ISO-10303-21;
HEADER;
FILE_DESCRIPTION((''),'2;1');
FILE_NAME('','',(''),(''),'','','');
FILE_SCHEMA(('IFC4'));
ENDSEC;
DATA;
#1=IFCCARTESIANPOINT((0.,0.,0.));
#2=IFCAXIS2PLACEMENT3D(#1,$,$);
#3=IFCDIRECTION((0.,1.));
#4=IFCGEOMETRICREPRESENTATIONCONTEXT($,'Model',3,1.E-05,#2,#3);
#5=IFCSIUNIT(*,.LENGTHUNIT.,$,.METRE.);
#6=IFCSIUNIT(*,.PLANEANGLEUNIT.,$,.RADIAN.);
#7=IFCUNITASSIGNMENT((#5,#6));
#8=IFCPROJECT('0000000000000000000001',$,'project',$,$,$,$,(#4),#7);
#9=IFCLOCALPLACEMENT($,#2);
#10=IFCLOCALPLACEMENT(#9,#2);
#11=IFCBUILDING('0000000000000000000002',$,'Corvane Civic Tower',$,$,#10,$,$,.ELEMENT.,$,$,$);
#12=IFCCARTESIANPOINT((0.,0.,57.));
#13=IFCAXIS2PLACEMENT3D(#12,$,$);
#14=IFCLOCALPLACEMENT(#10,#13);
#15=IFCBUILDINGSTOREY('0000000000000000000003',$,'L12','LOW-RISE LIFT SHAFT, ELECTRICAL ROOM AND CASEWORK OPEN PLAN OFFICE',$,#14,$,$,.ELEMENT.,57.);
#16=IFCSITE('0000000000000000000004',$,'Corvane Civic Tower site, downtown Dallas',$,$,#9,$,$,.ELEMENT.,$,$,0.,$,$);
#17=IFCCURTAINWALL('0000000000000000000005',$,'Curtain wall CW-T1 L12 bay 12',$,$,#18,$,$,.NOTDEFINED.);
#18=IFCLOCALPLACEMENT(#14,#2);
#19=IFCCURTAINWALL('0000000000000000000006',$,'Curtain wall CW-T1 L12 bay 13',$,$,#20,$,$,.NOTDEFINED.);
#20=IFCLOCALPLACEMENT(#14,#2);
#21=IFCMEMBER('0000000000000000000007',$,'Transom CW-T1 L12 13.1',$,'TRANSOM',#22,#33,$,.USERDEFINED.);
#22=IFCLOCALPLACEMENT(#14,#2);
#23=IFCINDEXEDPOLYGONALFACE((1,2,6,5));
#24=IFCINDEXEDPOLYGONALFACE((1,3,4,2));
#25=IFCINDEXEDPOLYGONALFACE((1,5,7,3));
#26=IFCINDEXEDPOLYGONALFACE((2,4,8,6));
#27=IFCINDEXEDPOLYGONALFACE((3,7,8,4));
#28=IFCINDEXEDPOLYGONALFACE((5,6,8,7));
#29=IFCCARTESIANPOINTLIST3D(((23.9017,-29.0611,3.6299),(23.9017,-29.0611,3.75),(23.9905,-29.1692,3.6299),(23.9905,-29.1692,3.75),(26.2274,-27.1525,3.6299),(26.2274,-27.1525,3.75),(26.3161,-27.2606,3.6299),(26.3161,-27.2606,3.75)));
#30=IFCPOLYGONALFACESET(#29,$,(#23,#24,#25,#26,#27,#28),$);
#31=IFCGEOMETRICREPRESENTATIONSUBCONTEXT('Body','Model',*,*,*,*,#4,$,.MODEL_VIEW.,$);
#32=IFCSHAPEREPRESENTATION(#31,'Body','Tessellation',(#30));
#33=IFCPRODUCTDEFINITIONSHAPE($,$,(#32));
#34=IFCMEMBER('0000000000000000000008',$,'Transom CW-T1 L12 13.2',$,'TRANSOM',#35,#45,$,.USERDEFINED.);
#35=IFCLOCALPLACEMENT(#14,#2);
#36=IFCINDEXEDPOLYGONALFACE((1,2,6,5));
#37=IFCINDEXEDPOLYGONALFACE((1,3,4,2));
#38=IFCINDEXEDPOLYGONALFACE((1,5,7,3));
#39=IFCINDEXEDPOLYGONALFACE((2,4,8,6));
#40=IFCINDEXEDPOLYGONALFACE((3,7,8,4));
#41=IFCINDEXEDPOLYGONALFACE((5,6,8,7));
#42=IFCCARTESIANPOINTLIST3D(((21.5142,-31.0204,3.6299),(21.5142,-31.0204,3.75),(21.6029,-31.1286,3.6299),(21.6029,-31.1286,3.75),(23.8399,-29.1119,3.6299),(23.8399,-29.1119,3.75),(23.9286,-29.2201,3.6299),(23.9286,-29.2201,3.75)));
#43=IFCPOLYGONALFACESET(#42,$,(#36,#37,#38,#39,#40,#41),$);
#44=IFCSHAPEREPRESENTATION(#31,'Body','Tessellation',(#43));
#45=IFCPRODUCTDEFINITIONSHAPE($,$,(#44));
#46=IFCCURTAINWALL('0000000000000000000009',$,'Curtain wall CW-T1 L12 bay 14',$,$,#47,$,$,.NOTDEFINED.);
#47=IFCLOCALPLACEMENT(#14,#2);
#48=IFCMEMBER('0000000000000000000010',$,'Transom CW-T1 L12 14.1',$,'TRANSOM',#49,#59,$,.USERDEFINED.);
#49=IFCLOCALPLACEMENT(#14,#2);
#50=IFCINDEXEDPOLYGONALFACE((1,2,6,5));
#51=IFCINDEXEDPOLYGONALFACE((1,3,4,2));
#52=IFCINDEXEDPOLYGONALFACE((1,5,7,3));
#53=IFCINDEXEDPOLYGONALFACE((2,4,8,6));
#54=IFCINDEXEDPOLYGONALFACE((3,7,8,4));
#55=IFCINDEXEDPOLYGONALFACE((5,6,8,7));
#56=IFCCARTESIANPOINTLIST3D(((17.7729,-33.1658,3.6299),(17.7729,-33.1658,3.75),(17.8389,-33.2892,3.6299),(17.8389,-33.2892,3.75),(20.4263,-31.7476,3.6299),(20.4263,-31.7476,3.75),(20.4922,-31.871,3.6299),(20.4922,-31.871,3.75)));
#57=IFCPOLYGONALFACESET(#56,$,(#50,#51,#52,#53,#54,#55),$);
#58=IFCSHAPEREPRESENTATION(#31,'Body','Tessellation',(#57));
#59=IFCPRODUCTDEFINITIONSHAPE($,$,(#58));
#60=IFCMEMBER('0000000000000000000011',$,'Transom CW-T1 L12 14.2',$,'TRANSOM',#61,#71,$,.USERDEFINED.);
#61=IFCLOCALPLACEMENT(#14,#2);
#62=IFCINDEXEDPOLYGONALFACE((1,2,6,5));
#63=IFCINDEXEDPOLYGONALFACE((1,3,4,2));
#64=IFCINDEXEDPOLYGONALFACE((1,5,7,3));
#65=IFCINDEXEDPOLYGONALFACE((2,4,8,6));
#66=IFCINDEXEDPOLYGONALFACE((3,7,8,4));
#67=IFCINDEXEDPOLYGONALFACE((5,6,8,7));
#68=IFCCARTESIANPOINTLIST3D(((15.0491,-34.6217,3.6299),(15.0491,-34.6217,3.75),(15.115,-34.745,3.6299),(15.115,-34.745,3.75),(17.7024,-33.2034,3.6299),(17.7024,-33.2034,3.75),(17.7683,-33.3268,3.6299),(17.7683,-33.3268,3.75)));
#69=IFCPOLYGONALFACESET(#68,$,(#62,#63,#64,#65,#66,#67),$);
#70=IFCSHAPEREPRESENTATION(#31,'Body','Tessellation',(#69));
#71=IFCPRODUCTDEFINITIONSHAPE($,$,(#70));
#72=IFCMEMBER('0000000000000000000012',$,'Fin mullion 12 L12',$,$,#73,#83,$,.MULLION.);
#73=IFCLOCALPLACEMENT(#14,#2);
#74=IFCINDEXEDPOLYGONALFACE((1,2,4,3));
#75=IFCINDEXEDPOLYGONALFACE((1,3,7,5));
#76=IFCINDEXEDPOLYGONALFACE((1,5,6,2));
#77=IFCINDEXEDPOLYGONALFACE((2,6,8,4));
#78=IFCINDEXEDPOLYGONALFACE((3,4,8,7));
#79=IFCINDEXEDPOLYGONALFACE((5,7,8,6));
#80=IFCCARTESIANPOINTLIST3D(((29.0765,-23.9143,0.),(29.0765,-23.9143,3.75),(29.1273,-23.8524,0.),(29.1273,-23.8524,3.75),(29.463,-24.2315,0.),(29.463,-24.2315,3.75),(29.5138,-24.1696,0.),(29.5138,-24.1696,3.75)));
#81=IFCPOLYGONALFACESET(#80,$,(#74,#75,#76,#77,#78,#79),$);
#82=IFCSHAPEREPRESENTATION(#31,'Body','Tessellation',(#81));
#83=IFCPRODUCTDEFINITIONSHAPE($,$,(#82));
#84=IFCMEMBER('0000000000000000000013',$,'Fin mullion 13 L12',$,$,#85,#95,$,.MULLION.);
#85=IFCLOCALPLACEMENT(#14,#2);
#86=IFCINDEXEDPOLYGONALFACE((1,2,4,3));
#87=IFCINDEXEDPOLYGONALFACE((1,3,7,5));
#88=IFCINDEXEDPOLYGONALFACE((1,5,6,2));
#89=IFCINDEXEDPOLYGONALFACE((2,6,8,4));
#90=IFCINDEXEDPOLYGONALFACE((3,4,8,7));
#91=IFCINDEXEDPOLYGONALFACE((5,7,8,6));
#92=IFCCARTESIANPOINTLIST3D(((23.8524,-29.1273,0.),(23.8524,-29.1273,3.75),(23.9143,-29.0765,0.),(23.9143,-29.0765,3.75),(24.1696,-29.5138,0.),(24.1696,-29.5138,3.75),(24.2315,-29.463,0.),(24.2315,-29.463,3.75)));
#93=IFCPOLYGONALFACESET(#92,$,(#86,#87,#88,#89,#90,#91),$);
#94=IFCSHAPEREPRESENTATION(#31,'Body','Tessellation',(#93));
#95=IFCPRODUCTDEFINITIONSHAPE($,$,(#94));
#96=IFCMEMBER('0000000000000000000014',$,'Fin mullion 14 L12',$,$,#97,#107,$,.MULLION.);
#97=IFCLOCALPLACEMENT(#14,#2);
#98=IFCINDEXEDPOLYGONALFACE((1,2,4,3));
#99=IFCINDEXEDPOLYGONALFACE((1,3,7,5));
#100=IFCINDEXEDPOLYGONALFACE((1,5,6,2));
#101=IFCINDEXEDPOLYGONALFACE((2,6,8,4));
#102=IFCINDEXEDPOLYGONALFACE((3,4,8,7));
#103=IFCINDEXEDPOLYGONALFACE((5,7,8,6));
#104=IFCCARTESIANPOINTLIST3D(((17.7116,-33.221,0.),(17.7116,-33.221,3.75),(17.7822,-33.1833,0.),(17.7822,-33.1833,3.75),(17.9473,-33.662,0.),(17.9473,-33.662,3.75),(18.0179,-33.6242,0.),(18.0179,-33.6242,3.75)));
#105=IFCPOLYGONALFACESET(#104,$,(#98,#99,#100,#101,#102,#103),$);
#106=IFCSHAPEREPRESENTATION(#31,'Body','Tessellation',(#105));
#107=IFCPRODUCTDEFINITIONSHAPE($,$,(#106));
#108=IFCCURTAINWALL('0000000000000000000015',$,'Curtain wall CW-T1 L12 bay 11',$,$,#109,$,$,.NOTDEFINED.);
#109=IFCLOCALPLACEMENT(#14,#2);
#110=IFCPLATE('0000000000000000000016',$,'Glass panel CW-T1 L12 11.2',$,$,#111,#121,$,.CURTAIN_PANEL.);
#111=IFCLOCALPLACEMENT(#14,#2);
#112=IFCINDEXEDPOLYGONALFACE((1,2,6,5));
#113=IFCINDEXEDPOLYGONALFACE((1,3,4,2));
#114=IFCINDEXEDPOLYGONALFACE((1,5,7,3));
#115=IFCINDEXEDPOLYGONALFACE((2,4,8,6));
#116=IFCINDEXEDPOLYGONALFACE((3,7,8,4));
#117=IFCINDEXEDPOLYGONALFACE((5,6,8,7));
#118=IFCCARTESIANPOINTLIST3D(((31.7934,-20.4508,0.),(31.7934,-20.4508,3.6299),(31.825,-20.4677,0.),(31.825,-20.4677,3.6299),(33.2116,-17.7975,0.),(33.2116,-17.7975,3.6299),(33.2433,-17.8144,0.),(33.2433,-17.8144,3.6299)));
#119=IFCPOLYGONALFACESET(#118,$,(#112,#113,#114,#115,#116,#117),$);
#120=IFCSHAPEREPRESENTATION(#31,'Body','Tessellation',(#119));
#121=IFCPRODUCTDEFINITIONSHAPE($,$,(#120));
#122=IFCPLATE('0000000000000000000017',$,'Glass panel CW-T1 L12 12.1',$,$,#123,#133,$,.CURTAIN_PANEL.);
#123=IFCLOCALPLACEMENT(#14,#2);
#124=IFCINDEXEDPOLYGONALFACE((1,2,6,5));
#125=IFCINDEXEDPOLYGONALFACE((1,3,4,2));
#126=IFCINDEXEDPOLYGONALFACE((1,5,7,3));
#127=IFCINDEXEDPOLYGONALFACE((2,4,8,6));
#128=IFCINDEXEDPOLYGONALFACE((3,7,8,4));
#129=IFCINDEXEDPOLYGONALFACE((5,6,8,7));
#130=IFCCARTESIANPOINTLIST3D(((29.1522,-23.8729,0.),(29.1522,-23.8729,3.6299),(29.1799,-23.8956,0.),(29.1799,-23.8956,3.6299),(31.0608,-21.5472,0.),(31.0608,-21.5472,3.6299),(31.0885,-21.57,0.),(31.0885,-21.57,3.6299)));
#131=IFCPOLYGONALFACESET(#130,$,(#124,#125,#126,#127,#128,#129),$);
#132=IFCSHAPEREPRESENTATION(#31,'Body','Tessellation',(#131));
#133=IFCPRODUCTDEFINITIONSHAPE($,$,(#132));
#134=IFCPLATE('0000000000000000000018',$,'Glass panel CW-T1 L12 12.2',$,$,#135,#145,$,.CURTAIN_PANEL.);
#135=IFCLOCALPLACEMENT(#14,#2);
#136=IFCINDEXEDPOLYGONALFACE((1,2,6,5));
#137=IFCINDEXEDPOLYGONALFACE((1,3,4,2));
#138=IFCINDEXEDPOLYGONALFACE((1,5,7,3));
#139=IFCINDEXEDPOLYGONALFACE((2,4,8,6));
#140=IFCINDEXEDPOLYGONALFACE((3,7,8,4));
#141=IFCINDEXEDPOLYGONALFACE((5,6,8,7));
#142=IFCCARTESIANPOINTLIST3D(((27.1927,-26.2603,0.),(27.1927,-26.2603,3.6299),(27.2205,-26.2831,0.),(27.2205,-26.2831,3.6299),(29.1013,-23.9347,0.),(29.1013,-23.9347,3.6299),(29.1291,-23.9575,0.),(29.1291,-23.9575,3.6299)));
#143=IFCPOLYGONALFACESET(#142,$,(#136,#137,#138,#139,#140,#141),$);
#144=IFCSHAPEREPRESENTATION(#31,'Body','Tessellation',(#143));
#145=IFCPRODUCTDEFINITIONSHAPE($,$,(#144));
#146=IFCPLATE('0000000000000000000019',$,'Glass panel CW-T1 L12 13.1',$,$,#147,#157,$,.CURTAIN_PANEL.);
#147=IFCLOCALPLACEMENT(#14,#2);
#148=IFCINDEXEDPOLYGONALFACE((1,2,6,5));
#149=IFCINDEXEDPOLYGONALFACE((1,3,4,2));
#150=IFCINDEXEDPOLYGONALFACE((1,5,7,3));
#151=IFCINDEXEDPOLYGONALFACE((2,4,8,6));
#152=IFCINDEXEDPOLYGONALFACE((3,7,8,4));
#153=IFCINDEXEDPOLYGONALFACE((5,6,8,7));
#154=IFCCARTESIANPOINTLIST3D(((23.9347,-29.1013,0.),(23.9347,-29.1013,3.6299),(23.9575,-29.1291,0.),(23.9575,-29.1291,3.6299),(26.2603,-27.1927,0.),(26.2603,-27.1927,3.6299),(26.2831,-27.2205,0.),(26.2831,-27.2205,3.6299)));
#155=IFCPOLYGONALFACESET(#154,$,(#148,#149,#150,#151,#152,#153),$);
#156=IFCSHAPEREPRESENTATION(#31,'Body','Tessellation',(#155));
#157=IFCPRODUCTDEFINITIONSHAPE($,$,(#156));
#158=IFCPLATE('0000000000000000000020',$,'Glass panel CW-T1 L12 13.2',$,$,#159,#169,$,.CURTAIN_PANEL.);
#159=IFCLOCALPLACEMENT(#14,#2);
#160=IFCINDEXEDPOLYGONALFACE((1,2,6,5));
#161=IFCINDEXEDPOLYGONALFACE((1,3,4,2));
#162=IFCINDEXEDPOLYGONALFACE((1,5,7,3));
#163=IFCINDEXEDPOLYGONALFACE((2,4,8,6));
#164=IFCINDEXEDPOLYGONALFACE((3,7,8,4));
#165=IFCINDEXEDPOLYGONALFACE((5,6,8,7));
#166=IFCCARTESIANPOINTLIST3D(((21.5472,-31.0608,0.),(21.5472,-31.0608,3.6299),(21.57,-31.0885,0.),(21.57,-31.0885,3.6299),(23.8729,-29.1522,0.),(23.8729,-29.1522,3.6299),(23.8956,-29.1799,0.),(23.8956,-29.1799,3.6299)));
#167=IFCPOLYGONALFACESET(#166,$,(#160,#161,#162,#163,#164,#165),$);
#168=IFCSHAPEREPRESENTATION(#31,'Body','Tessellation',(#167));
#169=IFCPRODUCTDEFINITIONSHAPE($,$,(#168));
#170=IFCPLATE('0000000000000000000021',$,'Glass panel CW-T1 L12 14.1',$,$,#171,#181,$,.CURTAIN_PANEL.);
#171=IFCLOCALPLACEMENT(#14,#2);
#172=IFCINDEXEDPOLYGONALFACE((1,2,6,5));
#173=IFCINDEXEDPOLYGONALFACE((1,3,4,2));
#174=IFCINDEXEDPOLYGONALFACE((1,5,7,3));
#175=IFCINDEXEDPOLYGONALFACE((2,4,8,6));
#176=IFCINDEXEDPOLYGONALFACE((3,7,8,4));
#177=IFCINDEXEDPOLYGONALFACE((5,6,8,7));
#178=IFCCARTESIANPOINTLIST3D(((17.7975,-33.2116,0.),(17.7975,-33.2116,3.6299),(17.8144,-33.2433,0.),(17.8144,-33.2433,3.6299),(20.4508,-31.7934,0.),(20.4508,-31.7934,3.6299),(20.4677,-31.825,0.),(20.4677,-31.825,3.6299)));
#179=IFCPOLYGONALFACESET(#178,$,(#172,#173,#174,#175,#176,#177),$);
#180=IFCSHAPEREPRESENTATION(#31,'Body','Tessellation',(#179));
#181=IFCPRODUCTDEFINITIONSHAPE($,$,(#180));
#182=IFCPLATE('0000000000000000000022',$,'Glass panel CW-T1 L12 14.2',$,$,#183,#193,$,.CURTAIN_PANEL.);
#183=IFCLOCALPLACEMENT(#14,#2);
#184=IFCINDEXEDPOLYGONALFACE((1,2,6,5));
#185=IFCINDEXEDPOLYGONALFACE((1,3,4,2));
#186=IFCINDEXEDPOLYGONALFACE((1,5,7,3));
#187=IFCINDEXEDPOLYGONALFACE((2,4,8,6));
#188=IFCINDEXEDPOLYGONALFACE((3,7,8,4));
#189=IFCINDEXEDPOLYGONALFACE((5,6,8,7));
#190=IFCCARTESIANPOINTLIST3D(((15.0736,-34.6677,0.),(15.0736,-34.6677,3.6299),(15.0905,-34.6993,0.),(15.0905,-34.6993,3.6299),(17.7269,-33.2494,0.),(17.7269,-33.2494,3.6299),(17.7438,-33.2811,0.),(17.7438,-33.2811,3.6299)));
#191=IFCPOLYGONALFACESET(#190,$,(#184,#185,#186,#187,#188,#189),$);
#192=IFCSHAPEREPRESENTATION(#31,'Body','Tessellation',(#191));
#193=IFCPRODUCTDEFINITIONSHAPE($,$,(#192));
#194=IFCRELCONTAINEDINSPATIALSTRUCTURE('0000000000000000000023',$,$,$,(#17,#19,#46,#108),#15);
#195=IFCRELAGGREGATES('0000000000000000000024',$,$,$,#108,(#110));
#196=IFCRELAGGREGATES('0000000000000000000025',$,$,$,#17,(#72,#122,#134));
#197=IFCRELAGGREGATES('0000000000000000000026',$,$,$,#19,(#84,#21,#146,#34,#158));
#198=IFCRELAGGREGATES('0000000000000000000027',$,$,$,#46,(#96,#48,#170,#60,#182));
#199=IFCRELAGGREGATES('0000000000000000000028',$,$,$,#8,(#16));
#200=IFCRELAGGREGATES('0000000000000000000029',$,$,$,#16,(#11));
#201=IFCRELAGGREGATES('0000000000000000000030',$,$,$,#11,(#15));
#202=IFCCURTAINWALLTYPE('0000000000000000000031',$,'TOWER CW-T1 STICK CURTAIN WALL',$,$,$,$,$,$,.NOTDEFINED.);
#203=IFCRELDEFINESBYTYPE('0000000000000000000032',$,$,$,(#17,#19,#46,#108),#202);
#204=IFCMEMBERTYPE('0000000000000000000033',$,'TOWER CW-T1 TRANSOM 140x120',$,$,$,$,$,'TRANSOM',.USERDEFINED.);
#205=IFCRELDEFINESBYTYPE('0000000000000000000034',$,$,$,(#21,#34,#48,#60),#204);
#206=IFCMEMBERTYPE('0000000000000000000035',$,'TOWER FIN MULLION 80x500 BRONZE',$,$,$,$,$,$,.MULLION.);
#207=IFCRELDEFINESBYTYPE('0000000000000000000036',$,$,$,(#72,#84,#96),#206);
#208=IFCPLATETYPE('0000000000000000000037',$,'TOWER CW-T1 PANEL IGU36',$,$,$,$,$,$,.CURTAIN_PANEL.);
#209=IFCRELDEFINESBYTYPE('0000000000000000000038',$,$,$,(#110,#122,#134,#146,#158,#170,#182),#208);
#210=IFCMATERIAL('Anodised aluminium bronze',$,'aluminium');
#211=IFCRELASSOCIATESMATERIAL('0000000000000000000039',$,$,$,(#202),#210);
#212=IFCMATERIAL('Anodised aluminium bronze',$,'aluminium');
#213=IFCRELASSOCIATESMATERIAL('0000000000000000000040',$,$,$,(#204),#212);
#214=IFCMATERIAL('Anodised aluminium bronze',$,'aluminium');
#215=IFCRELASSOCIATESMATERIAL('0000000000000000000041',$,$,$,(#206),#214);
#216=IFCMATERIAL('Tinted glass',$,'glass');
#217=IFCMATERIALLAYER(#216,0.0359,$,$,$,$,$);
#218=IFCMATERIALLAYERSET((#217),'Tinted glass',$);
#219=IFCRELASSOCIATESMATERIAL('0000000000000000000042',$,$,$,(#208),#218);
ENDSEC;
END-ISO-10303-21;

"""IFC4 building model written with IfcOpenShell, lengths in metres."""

from ifc_helpers import new_model, si_unit, direction, frame, origin, origin_2d, place, context, subcontext, project, spatial, rectangle, extrude, material, layer, layer_set, material_profile, profile_set, type_object, element, aggregate, save


model = new_model("IFC4")

# Units and contexts
model_context = context("Model", 3, precision=1e-05, world=origin(), true_north=direction((0.0, 1.0)))
body_context = subcontext(model_context, "Body", "Model", "MODEL_VIEW")
ifc_project = project(units=[si_unit("LENGTHUNIT", "METRE"), si_unit("PLANEANGLEUNIT", "RADIAN")], contexts=[model_context])

# Site, building, storey
site_placement = place(None, origin())
site = spatial("IfcSite", under=ifc_project, at=site_placement, Name="Corvane Civic Tower site, downtown Dallas", CompositionType="ELEMENT", RefElevation=0.0)
building_placement = place(site_placement, origin())
building = spatial("IfcBuilding", under=site, at=building_placement, Name="Corvane Civic Tower", CompositionType="ELEMENT")
storey_placement = place(building_placement, frame((0.0, 0.0, 57.0)))
storey = spatial("IfcBuildingStorey", under=building, at=storey_placement, Name="L12", Description="LOW-RISE LIFT SHAFT, ELECTRICAL ROOM AND CASEWORK OPEN PLAN OFFICE", CompositionType="ELEMENT", Elevation=57.0)

# Curtain walls, members
ifc_material_1 = material(Name="Anodised aluminium bronze", Category="aluminium")
curtain_wall_type = type_object("IfcCurtainWallType", Name="TOWER CW-T1 STICK CURTAIN WALL", PredefinedType="NOTDEFINED", material=ifc_material_1)
curtain_wall_1_placement = place(storey_placement, origin())
curtain_wall_1 = element("IfcCurtainWall", 1, at=curtain_wall_1_placement, inside=storey, type_object=curtain_wall_type, Name="Curtain wall CW-T1 L12 bay 12", PredefinedType="NOTDEFINED")
ifc_material_2 = material(Name="Anodised aluminium bronze", Category="aluminium")
ifc_material_profile_1 = material_profile(ifc_material_2, rectangle(XDim=0.1399, YDim=0.1201, at=origin_2d()), Name="TOWER CW-T1 TRANSOM 140x120")
ifc_profile_set_1 = profile_set([ifc_material_profile_1], Name="Anodised aluminium bronze")
member_type_1 = type_object("IfcMemberType", Name="TOWER CW-T1 TRANSOM 140x120", ElementType="TRANSOM", PredefinedType="USERDEFINED", material=ifc_profile_set_1)
curtain_wall_2_placement = place(storey_placement, origin())
curtain_wall_2 = element("IfcCurtainWall", 2, at=curtain_wall_2_placement, inside=storey, type_object=curtain_wall_type, Name="Curtain wall CW-T1 L12 bay 13", PredefinedType="NOTDEFINED")
member_1_placement = place(storey_placement, frame((26.2717, -27.2065, 3.6899), z_axis=(-0.773002, -0.634404, 0.0), x_axis=(0.634404, -0.773002, 0.0)))
member_1 = element("IfcMember", 3, at=member_1_placement, type_object=member_type_1, Name="Transom CW-T1 L12 13.1", ObjectType="TRANSOM", PredefinedType="USERDEFINED", context=body_context, shape_type="SweptSolid", body=[
    extrude(rectangle(XDim=0.1399, YDim=0.1201, at=origin_2d()), origin(), (0.0, 0.0, 1.0), 3.0085),
])
member_2_placement = place(storey_placement, frame((23.8843, -29.166, 3.6899), z_axis=(-0.773042, -0.634355, 0.0), x_axis=(0.634355, -0.773042, 0.0)))
member_2 = element("IfcMember", 4, at=member_2_placement, type_object=member_type_1, Name="Transom CW-T1 L12 13.2", ObjectType="TRANSOM", PredefinedType="USERDEFINED", context=body_context, shape_type="SweptSolid", body=[
    extrude(rectangle(XDim=0.1399, YDim=0.1201, at=origin_2d()), origin(), (0.0, 0.0, 1.0), 3.0085),
])
curtain_wall_3_placement = place(storey_placement, origin())
curtain_wall_3 = element("IfcCurtainWall", 5, at=curtain_wall_3_placement, inside=storey, type_object=curtain_wall_type, Name="Curtain wall CW-T1 L12 bay 14", PredefinedType="NOTDEFINED")
member_3_placement = place(storey_placement, frame((20.4592, -31.8093, 3.6899), z_axis=(-0.881924, -0.471393, 0.0), x_axis=(0.471393, -0.881924, 0.0)))
member_3 = element("IfcMember", 6, at=member_3_placement, type_object=member_type_1, Name="Transom CW-T1 L12 14.1", ObjectType="TRANSOM", PredefinedType="USERDEFINED", context=body_context, shape_type="SweptSolid", body=[
    extrude(rectangle(XDim=0.1399, YDim=0.1201, at=origin_2d()), origin(), (0.0, 0.0, 1.0), 3.0085),
])
member_4_placement = place(storey_placement, frame((17.7354, -33.2651, 3.6899), z_axis=(-0.881924, -0.471393, 0.0), x_axis=(0.471393, -0.881924, 0.0)))
member_4 = element("IfcMember", 7, at=member_4_placement, type_object=member_type_1, Name="Transom CW-T1 L12 14.2", ObjectType="TRANSOM", PredefinedType="USERDEFINED", context=body_context, shape_type="SweptSolid", body=[
    extrude(rectangle(XDim=0.1399, YDim=0.1201, at=origin_2d()), origin(), (0.0, 0.0, 1.0), 3.0085),
])

# Members
ifc_material_3 = material(Name="Anodised aluminium bronze", Category="aluminium")
ifc_material_profile_2 = material_profile(ifc_material_3, rectangle(XDim=0.0801, YDim=0.5, at=origin_2d()), Name="TOWER FIN MULLION 80x500 BRONZE")
ifc_profile_set_2 = profile_set([ifc_material_profile_2], Name="Anodised aluminium bronze")
member_type_2 = type_object("IfcMemberType", Name="TOWER FIN MULLION 80x500 BRONZE", PredefinedType="MULLION", material=ifc_profile_set_2)
member_5_placement = place(storey_placement, frame((29.2952, -24.042, 0.0), z_axis=(0.0, 0.0, 1.0), x_axis=(-0.634397, -0.773007, 0.0)))
member_5 = element("IfcMember", 8, at=member_5_placement, type_object=member_type_2, Name="Fin mullion 12 L12", PredefinedType="MULLION", context=body_context, shape_type="SweptSolid", body=[
    extrude(rectangle(XDim=0.0801, YDim=0.5, at=origin_2d()), origin(), (0.0, 0.0, 1.0), 3.75),
])
member_6_placement = place(storey_placement, frame((24.042, -29.2952, 0.0), z_axis=(0.0, 0.0, 1.0), x_axis=(-0.773007, -0.634397, 0.0)))
member_6 = element("IfcMember", 9, at=member_6_placement, type_object=member_type_2, Name="Fin mullion 13 L12", PredefinedType="MULLION", context=body_context, shape_type="SweptSolid", body=[
    extrude(rectangle(XDim=0.0801, YDim=0.5, at=origin_2d()), origin(), (0.0, 0.0, 1.0), 3.75),
])
member_7_placement = place(storey_placement, frame((17.8647, -33.4226, 0.0), z_axis=(0.0, 0.0, 1.0), x_axis=(-0.881918, -0.471404, 0.0)))
member_7 = element("IfcMember", 10, at=member_7_placement, type_object=member_type_2, Name="Fin mullion 14 L12", PredefinedType="MULLION", context=body_context, shape_type="SweptSolid", body=[
    extrude(rectangle(XDim=0.0801, YDim=0.5, at=origin_2d()), origin(), (0.0, 0.0, 1.0), 3.75),
])

# Curtain wall, plate
curtain_wall_4_placement = place(storey_placement, origin())
curtain_wall_4 = element("IfcCurtainWall", 11, at=curtain_wall_4_placement, inside=storey, type_object=curtain_wall_type, Name="Curtain wall CW-T1 L12 bay 11", PredefinedType="NOTDEFINED")
ifc_material_4 = material(Name="Tinted glass", Category="glass")
ifc_layer_1 = layer(ifc_material_4, 0.0359)
ifc_layer_set_1 = layer_set([ifc_layer_1], Name="Tinted glass")
plate_type = type_object("IfcPlateType", Name="TOWER CW-T1 PANEL IGU36", PredefinedType="CURTAIN_PANEL", material=ifc_layer_set_1)
plate_1_placement = place(storey_placement, frame((32.5183, -19.1326, 0.0), z_axis=(0.0, 0.0, 1.0), x_axis=(-0.471404, -0.881918, 0.0)))
plate_1 = element("IfcPlate", 12, at=plate_1_placement, type_object=plate_type, Name="Glass panel CW-T1 L12 11.2", PredefinedType="CURTAIN_PANEL", context=body_context, shape_type="SweptSolid", body=[
    extrude(rectangle(XDim=3.0085, YDim=0.0359, at=origin_2d()), origin(), (0.0, 0.0, 1.0), 3.6299),
])
aggregate(curtain_wall_4, [plate_1])

# Plates
plate_2_placement = place(storey_placement, frame((30.1204, -22.7214, 0.0), z_axis=(0.0, 0.0, 1.0), x_axis=(-0.634397, -0.773007, 0.0)))
plate_2 = element("IfcPlate", 13, at=plate_2_placement, type_object=plate_type, Name="Glass panel CW-T1 L12 12.1", PredefinedType="CURTAIN_PANEL", context=body_context, shape_type="SweptSolid", body=[
    extrude(rectangle(XDim=3.0085, YDim=0.0359, at=origin_2d()), origin(), (0.0, 0.0, 1.0), 3.6299),
])
plate_3_placement = place(storey_placement, frame((28.1609, -25.1089, 0.0), z_axis=(0.0, 0.0, 1.0), x_axis=(-0.634397, -0.773007, 0.0)))
plate_3 = element("IfcPlate", 14, at=plate_3_placement, type_object=plate_type, Name="Glass panel CW-T1 L12 12.2", PredefinedType="CURTAIN_PANEL", context=body_context, shape_type="SweptSolid", body=[
    extrude(rectangle(XDim=3.0085, YDim=0.0359, at=origin_2d()), origin(), (0.0, 0.0, 1.0), 3.6299),
])
aggregate(curtain_wall_1, [member_5, plate_2, plate_3])
plate_4_placement = place(storey_placement, frame((25.1089, -28.1609, 0.0), z_axis=(0.0, 0.0, 1.0), x_axis=(-0.773007, -0.634397, 0.0)))
plate_4 = element("IfcPlate", 15, at=plate_4_placement, type_object=plate_type, Name="Glass panel CW-T1 L12 13.1", PredefinedType="CURTAIN_PANEL", context=body_context, shape_type="SweptSolid", body=[
    extrude(rectangle(XDim=3.0085, YDim=0.0359, at=origin_2d()), origin(), (0.0, 0.0, 1.0), 3.6299),
])
plate_5_placement = place(storey_placement, frame((22.7214, -30.1204, 0.0), z_axis=(0.0, 0.0, 1.0), x_axis=(-0.773007, -0.634397, 0.0)))
plate_5 = element("IfcPlate", 16, at=plate_5_placement, type_object=plate_type, Name="Glass panel CW-T1 L12 13.2", PredefinedType="CURTAIN_PANEL", context=body_context, shape_type="SweptSolid", body=[
    extrude(rectangle(XDim=3.0085, YDim=0.0359, at=origin_2d()), origin(), (0.0, 0.0, 1.0), 3.6299),
])
aggregate(curtain_wall_2, [member_6, member_1, plate_4, member_2, plate_5])
plate_6_placement = place(storey_placement, frame((19.1326, -32.5183, 0.0), z_axis=(0.0, 0.0, 1.0), x_axis=(-0.881918, -0.471404, 0.0)))
plate_6 = element("IfcPlate", 17, at=plate_6_placement, type_object=plate_type, Name="Glass panel CW-T1 L12 14.1", PredefinedType="CURTAIN_PANEL", context=body_context, shape_type="SweptSolid", body=[
    extrude(rectangle(XDim=3.0085, YDim=0.0359, at=origin_2d()), origin(), (0.0, 0.0, 1.0), 3.6299),
])
plate_7_placement = place(storey_placement, frame((16.4087, -33.9744, 0.0), z_axis=(0.0, 0.0, 1.0), x_axis=(-0.881918, -0.471404, 0.0)))
plate_7 = element("IfcPlate", 18, at=plate_7_placement, type_object=plate_type, Name="Glass panel CW-T1 L12 14.2", PredefinedType="CURTAIN_PANEL", context=body_context, shape_type="SweptSolid", body=[
    extrude(rectangle(XDim=3.0085, YDim=0.0359, at=origin_2d()), origin(), (0.0, 0.0, 1.0), 3.6299),
])
aggregate(curtain_wall_3, [member_7, member_3, plate_6, member_4, plate_7])

save(model, "model.ifc")
